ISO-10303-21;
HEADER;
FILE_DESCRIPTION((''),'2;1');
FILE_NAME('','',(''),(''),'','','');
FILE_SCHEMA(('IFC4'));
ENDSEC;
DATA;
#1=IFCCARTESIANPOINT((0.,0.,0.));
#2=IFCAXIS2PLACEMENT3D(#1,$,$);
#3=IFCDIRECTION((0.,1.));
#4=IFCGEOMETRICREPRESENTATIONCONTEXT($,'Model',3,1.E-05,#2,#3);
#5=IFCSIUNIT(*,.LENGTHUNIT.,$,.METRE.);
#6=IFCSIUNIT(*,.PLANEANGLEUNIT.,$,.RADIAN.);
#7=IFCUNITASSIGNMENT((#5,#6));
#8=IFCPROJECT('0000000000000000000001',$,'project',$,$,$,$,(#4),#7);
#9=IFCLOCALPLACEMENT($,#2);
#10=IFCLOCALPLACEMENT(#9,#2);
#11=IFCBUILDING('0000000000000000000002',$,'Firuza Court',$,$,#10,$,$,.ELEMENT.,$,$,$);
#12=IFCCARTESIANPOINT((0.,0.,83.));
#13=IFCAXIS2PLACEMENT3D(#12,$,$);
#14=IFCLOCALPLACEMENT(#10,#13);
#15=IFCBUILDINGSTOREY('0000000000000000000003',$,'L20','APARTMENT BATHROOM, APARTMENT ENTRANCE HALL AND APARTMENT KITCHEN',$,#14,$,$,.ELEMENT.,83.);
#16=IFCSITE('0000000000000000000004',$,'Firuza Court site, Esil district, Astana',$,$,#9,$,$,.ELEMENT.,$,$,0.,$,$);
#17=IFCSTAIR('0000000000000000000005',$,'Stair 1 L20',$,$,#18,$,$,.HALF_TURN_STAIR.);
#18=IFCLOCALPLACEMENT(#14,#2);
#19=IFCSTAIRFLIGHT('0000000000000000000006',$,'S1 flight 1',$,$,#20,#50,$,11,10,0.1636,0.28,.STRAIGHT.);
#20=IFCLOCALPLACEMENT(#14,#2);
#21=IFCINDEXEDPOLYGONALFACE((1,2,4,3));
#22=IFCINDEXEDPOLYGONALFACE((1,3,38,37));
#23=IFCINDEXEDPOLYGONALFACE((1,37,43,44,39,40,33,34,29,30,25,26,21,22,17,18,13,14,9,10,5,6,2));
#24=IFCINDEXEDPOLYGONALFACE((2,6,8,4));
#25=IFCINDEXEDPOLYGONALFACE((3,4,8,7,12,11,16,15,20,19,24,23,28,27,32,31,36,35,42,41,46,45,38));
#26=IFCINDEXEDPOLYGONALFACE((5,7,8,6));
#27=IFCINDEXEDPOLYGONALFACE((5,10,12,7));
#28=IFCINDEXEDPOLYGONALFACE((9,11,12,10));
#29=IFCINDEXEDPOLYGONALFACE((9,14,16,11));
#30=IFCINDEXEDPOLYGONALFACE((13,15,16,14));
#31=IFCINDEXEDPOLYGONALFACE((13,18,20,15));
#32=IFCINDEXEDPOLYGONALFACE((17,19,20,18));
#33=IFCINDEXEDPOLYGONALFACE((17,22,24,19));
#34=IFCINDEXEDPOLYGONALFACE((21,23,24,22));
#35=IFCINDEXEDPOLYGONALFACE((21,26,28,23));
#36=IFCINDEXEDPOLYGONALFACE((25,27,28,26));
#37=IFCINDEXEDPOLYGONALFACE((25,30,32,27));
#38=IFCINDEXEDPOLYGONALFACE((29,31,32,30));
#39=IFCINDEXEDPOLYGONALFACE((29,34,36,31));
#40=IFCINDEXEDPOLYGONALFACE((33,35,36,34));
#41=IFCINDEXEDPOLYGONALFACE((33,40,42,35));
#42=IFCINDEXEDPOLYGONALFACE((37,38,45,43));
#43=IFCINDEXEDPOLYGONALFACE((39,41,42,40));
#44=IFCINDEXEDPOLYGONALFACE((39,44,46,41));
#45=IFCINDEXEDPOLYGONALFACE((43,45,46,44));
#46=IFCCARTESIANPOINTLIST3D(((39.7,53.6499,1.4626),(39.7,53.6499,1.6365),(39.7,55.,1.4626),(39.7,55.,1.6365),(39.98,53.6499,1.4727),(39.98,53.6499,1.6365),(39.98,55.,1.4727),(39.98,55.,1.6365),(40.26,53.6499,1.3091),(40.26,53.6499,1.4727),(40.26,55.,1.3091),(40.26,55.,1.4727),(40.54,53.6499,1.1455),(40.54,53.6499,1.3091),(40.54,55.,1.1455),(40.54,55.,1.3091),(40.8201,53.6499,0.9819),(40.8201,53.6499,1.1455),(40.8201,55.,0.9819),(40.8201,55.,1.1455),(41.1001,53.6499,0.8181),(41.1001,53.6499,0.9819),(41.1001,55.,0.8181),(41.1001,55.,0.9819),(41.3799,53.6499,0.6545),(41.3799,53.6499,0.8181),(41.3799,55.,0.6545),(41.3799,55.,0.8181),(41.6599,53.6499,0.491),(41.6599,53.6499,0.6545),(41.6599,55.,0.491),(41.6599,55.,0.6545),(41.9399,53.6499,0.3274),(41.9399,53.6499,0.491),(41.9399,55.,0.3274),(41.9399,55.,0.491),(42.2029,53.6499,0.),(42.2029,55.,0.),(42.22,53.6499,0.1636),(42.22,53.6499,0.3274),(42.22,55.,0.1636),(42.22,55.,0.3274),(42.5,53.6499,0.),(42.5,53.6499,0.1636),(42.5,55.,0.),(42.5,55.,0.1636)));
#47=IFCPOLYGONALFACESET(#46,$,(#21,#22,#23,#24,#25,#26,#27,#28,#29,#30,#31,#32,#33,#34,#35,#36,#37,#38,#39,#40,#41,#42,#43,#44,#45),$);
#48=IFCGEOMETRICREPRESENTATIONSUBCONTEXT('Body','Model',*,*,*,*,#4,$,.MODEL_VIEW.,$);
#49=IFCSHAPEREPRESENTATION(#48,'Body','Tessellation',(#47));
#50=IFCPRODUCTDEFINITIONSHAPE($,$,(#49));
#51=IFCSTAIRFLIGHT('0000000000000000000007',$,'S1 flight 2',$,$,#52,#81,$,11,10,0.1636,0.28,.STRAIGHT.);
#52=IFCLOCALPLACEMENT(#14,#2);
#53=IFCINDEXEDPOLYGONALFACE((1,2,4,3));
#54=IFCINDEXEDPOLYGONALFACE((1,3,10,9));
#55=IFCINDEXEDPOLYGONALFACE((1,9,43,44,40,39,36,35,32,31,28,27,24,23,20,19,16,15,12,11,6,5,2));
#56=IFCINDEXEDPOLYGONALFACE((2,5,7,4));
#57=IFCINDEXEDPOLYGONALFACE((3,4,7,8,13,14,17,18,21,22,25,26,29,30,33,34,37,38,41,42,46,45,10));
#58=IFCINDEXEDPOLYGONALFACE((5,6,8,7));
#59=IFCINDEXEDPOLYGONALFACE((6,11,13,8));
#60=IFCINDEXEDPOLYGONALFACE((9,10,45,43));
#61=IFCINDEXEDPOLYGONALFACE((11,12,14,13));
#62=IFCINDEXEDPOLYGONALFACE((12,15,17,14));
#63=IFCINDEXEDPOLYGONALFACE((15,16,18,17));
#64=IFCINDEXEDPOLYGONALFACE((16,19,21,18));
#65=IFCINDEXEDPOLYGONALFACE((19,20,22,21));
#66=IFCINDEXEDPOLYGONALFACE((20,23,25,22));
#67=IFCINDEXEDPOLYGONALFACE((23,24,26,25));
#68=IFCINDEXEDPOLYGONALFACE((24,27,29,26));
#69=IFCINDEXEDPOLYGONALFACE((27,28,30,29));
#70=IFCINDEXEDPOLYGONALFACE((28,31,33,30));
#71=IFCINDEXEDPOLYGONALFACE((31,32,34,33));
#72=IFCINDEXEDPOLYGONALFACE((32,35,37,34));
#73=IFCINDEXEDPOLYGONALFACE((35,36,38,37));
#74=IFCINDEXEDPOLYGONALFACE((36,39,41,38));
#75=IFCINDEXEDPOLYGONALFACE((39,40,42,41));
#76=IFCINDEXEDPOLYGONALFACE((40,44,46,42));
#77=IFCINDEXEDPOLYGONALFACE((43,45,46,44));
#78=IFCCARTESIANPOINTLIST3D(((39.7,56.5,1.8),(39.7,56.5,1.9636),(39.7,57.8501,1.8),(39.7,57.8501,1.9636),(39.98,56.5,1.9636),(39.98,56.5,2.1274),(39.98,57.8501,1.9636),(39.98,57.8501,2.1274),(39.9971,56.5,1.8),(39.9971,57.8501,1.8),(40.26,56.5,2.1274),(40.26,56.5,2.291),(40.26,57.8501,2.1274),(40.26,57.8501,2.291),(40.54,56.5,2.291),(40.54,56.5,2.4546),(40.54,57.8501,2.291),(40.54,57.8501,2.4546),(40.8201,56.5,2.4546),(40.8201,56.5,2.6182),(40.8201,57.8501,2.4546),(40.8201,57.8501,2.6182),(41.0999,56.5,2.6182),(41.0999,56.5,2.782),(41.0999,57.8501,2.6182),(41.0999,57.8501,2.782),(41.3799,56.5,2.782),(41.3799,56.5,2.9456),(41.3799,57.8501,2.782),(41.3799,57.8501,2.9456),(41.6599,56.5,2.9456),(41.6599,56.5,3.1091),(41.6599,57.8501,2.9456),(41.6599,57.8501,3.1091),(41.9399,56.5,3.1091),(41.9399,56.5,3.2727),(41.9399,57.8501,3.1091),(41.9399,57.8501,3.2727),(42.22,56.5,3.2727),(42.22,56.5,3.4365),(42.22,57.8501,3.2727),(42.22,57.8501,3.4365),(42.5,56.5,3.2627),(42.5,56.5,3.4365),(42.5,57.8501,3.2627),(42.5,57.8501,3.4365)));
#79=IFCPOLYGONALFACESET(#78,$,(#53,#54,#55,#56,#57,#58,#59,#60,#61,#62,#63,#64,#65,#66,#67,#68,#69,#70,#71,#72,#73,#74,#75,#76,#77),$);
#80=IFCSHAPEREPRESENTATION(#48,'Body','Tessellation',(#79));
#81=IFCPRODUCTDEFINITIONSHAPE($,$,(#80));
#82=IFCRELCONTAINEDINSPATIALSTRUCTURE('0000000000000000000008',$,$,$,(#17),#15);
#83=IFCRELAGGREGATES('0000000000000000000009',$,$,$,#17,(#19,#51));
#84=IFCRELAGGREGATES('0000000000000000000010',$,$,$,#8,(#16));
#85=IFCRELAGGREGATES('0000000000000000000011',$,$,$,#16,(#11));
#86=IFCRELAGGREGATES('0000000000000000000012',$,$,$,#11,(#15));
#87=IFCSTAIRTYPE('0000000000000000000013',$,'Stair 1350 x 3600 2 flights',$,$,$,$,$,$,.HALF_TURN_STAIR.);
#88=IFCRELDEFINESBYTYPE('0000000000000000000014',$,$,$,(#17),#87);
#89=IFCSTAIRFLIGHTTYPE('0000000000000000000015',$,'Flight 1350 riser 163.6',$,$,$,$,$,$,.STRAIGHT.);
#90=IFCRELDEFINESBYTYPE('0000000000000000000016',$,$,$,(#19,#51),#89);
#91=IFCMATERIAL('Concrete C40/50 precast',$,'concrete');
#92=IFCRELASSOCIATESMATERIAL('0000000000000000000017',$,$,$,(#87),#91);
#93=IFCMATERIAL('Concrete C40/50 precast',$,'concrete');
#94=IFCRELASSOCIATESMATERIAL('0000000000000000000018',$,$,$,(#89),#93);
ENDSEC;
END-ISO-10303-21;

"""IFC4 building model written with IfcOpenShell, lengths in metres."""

from ifc_helpers import new_model, si_unit, direction, frame, origin, place, context, subcontext, project, spatial, polyline, outline, extrude, material, type_object, element, aggregate, save


model = new_model("IFC4")

# Units and contexts
model_context = context("Model", 3, precision=1e-05, world=origin(), true_north=direction((0.0, 1.0)))
body_context = subcontext(model_context, "Body", "Model", "MODEL_VIEW")
ifc_project = project(units=[si_unit("LENGTHUNIT", "METRE"), si_unit("PLANEANGLEUNIT", "RADIAN")], contexts=[model_context])

# Site, building, storey
site_placement = place(None, origin())
site = spatial("IfcSite", under=ifc_project, at=site_placement, Name="Firuza Court site, Esil district, Astana", CompositionType="ELEMENT", RefElevation=0.0)
building_placement = place(site_placement, origin())
building = spatial("IfcBuilding", under=site, at=building_placement, Name="Firuza Court", CompositionType="ELEMENT")
storey_placement = place(building_placement, frame((0.0, 0.0, 83.0)))
storey = spatial("IfcBuildingStorey", under=building, at=storey_placement, Name="L20", Description="APARTMENT BATHROOM, APARTMENT ENTRANCE HALL AND APARTMENT KITCHEN", CompositionType="ELEMENT", Elevation=83.0)

# Stair, stair flights
ifc_material_1 = material(Name="Concrete C40/50 precast", Category="concrete")
stair_type = type_object("IfcStairType", Name="Stair 1350 x 3600 2 flights", PredefinedType="HALF_TURN_STAIR", material=ifc_material_1)
stair_placement = place(storey_placement, origin())
stair = element("IfcStair", 1, at=stair_placement, inside=storey, type_object=stair_type, Name="Stair 1 L20", PredefinedType="HALF_TURN_STAIR")
ifc_material_2 = material(Name="Concrete C40/50 precast", Category="concrete")
stair_flight_type = type_object("IfcStairFlightType", Name="Flight 1350 riser 163.6", PredefinedType="STRAIGHT", material=ifc_material_2)
stair_flight_1_placement = place(storey_placement, frame((42.5, 54.325, 0.0), z_axis=(0.0, 0.0, 1.0), x_axis=(-1.0, 0.0, 0.0)))
stair_flight_1 = element("IfcStairFlight", 2, at=stair_flight_1_placement, type_object=stair_flight_type, Name="S1 flight 1", NumberOfRisers=11, NumberOfTreads=10, PredefinedType="STRAIGHT", RiserHeight=0.1636, TreadLength=0.28, context=body_context, shape_type="SweptSolid", body=[
    extrude(outline(polyline([(0.0, 0.0), (0.0, 0.1636), (0.28, 0.1636), (0.28, 0.3274), (0.5601, 0.3274), (0.5601, 0.491), (0.8401, 0.491), (0.8401, 0.6545), (1.1201, 0.6545), (1.1201, 0.8181), (1.3999, 0.8181), (1.3999, 0.9819), (1.6799, 0.9819), (1.6799, 1.1455), (1.96, 1.1455), (1.96, 1.3091), (2.24, 1.3091), (2.24, 1.4727), (2.52, 1.4727), (2.52, 1.6365), (2.8, 1.6365), (2.8, 1.8), (2.8, 1.4626), (0.2971, 0.0), (0.0, 0.0)])), frame((0.0, 0.675, 0.0), z_axis=(0.0, -1.0, 0.0), x_axis=(1.0, 0.0, 0.0)), (0.0, 0.0, 1.0), 1.3501),
])
stair_flight_2_placement = place(storey_placement, frame((39.7, 57.175, 1.8), z_axis=(0.0, 0.0, 1.0), x_axis=(1.0, 0.0, 0.0)))
stair_flight_2 = element("IfcStairFlight", 3, at=stair_flight_2_placement, type_object=stair_flight_type, Name="S1 flight 2", NumberOfRisers=11, NumberOfTreads=10, PredefinedType="STRAIGHT", RiserHeight=0.1636, TreadLength=0.28, context=body_context, shape_type="SweptSolid", body=[
    extrude(outline(polyline([(0.0, 0.0), (0.0, 0.1636), (0.28, 0.1636), (0.28, 0.3274), (0.5601, 0.3274), (0.5601, 0.491), (0.8401, 0.491), (0.8401, 0.6545), (1.1201, 0.6545), (1.1201, 0.8181), (1.3999, 0.8181), (1.3999, 0.9819), (1.6799, 0.9819), (1.6799, 1.1455), (1.96, 1.1455), (1.96, 1.3091), (2.24, 1.3091), (2.24, 1.4727), (2.52, 1.4727), (2.52, 1.6365), (2.8, 1.6365), (2.8, 1.8), (2.8, 1.4626), (0.2971, 0.0), (0.0, 0.0)])), frame((0.0, 0.675, 0.0), z_axis=(0.0, -1.0, 0.0), x_axis=(1.0, 0.0, 0.0)), (0.0, 0.0, 1.0), 1.3501),
])
aggregate(stair, [stair_flight_1, stair_flight_2])

save(model, "model.ifc")
